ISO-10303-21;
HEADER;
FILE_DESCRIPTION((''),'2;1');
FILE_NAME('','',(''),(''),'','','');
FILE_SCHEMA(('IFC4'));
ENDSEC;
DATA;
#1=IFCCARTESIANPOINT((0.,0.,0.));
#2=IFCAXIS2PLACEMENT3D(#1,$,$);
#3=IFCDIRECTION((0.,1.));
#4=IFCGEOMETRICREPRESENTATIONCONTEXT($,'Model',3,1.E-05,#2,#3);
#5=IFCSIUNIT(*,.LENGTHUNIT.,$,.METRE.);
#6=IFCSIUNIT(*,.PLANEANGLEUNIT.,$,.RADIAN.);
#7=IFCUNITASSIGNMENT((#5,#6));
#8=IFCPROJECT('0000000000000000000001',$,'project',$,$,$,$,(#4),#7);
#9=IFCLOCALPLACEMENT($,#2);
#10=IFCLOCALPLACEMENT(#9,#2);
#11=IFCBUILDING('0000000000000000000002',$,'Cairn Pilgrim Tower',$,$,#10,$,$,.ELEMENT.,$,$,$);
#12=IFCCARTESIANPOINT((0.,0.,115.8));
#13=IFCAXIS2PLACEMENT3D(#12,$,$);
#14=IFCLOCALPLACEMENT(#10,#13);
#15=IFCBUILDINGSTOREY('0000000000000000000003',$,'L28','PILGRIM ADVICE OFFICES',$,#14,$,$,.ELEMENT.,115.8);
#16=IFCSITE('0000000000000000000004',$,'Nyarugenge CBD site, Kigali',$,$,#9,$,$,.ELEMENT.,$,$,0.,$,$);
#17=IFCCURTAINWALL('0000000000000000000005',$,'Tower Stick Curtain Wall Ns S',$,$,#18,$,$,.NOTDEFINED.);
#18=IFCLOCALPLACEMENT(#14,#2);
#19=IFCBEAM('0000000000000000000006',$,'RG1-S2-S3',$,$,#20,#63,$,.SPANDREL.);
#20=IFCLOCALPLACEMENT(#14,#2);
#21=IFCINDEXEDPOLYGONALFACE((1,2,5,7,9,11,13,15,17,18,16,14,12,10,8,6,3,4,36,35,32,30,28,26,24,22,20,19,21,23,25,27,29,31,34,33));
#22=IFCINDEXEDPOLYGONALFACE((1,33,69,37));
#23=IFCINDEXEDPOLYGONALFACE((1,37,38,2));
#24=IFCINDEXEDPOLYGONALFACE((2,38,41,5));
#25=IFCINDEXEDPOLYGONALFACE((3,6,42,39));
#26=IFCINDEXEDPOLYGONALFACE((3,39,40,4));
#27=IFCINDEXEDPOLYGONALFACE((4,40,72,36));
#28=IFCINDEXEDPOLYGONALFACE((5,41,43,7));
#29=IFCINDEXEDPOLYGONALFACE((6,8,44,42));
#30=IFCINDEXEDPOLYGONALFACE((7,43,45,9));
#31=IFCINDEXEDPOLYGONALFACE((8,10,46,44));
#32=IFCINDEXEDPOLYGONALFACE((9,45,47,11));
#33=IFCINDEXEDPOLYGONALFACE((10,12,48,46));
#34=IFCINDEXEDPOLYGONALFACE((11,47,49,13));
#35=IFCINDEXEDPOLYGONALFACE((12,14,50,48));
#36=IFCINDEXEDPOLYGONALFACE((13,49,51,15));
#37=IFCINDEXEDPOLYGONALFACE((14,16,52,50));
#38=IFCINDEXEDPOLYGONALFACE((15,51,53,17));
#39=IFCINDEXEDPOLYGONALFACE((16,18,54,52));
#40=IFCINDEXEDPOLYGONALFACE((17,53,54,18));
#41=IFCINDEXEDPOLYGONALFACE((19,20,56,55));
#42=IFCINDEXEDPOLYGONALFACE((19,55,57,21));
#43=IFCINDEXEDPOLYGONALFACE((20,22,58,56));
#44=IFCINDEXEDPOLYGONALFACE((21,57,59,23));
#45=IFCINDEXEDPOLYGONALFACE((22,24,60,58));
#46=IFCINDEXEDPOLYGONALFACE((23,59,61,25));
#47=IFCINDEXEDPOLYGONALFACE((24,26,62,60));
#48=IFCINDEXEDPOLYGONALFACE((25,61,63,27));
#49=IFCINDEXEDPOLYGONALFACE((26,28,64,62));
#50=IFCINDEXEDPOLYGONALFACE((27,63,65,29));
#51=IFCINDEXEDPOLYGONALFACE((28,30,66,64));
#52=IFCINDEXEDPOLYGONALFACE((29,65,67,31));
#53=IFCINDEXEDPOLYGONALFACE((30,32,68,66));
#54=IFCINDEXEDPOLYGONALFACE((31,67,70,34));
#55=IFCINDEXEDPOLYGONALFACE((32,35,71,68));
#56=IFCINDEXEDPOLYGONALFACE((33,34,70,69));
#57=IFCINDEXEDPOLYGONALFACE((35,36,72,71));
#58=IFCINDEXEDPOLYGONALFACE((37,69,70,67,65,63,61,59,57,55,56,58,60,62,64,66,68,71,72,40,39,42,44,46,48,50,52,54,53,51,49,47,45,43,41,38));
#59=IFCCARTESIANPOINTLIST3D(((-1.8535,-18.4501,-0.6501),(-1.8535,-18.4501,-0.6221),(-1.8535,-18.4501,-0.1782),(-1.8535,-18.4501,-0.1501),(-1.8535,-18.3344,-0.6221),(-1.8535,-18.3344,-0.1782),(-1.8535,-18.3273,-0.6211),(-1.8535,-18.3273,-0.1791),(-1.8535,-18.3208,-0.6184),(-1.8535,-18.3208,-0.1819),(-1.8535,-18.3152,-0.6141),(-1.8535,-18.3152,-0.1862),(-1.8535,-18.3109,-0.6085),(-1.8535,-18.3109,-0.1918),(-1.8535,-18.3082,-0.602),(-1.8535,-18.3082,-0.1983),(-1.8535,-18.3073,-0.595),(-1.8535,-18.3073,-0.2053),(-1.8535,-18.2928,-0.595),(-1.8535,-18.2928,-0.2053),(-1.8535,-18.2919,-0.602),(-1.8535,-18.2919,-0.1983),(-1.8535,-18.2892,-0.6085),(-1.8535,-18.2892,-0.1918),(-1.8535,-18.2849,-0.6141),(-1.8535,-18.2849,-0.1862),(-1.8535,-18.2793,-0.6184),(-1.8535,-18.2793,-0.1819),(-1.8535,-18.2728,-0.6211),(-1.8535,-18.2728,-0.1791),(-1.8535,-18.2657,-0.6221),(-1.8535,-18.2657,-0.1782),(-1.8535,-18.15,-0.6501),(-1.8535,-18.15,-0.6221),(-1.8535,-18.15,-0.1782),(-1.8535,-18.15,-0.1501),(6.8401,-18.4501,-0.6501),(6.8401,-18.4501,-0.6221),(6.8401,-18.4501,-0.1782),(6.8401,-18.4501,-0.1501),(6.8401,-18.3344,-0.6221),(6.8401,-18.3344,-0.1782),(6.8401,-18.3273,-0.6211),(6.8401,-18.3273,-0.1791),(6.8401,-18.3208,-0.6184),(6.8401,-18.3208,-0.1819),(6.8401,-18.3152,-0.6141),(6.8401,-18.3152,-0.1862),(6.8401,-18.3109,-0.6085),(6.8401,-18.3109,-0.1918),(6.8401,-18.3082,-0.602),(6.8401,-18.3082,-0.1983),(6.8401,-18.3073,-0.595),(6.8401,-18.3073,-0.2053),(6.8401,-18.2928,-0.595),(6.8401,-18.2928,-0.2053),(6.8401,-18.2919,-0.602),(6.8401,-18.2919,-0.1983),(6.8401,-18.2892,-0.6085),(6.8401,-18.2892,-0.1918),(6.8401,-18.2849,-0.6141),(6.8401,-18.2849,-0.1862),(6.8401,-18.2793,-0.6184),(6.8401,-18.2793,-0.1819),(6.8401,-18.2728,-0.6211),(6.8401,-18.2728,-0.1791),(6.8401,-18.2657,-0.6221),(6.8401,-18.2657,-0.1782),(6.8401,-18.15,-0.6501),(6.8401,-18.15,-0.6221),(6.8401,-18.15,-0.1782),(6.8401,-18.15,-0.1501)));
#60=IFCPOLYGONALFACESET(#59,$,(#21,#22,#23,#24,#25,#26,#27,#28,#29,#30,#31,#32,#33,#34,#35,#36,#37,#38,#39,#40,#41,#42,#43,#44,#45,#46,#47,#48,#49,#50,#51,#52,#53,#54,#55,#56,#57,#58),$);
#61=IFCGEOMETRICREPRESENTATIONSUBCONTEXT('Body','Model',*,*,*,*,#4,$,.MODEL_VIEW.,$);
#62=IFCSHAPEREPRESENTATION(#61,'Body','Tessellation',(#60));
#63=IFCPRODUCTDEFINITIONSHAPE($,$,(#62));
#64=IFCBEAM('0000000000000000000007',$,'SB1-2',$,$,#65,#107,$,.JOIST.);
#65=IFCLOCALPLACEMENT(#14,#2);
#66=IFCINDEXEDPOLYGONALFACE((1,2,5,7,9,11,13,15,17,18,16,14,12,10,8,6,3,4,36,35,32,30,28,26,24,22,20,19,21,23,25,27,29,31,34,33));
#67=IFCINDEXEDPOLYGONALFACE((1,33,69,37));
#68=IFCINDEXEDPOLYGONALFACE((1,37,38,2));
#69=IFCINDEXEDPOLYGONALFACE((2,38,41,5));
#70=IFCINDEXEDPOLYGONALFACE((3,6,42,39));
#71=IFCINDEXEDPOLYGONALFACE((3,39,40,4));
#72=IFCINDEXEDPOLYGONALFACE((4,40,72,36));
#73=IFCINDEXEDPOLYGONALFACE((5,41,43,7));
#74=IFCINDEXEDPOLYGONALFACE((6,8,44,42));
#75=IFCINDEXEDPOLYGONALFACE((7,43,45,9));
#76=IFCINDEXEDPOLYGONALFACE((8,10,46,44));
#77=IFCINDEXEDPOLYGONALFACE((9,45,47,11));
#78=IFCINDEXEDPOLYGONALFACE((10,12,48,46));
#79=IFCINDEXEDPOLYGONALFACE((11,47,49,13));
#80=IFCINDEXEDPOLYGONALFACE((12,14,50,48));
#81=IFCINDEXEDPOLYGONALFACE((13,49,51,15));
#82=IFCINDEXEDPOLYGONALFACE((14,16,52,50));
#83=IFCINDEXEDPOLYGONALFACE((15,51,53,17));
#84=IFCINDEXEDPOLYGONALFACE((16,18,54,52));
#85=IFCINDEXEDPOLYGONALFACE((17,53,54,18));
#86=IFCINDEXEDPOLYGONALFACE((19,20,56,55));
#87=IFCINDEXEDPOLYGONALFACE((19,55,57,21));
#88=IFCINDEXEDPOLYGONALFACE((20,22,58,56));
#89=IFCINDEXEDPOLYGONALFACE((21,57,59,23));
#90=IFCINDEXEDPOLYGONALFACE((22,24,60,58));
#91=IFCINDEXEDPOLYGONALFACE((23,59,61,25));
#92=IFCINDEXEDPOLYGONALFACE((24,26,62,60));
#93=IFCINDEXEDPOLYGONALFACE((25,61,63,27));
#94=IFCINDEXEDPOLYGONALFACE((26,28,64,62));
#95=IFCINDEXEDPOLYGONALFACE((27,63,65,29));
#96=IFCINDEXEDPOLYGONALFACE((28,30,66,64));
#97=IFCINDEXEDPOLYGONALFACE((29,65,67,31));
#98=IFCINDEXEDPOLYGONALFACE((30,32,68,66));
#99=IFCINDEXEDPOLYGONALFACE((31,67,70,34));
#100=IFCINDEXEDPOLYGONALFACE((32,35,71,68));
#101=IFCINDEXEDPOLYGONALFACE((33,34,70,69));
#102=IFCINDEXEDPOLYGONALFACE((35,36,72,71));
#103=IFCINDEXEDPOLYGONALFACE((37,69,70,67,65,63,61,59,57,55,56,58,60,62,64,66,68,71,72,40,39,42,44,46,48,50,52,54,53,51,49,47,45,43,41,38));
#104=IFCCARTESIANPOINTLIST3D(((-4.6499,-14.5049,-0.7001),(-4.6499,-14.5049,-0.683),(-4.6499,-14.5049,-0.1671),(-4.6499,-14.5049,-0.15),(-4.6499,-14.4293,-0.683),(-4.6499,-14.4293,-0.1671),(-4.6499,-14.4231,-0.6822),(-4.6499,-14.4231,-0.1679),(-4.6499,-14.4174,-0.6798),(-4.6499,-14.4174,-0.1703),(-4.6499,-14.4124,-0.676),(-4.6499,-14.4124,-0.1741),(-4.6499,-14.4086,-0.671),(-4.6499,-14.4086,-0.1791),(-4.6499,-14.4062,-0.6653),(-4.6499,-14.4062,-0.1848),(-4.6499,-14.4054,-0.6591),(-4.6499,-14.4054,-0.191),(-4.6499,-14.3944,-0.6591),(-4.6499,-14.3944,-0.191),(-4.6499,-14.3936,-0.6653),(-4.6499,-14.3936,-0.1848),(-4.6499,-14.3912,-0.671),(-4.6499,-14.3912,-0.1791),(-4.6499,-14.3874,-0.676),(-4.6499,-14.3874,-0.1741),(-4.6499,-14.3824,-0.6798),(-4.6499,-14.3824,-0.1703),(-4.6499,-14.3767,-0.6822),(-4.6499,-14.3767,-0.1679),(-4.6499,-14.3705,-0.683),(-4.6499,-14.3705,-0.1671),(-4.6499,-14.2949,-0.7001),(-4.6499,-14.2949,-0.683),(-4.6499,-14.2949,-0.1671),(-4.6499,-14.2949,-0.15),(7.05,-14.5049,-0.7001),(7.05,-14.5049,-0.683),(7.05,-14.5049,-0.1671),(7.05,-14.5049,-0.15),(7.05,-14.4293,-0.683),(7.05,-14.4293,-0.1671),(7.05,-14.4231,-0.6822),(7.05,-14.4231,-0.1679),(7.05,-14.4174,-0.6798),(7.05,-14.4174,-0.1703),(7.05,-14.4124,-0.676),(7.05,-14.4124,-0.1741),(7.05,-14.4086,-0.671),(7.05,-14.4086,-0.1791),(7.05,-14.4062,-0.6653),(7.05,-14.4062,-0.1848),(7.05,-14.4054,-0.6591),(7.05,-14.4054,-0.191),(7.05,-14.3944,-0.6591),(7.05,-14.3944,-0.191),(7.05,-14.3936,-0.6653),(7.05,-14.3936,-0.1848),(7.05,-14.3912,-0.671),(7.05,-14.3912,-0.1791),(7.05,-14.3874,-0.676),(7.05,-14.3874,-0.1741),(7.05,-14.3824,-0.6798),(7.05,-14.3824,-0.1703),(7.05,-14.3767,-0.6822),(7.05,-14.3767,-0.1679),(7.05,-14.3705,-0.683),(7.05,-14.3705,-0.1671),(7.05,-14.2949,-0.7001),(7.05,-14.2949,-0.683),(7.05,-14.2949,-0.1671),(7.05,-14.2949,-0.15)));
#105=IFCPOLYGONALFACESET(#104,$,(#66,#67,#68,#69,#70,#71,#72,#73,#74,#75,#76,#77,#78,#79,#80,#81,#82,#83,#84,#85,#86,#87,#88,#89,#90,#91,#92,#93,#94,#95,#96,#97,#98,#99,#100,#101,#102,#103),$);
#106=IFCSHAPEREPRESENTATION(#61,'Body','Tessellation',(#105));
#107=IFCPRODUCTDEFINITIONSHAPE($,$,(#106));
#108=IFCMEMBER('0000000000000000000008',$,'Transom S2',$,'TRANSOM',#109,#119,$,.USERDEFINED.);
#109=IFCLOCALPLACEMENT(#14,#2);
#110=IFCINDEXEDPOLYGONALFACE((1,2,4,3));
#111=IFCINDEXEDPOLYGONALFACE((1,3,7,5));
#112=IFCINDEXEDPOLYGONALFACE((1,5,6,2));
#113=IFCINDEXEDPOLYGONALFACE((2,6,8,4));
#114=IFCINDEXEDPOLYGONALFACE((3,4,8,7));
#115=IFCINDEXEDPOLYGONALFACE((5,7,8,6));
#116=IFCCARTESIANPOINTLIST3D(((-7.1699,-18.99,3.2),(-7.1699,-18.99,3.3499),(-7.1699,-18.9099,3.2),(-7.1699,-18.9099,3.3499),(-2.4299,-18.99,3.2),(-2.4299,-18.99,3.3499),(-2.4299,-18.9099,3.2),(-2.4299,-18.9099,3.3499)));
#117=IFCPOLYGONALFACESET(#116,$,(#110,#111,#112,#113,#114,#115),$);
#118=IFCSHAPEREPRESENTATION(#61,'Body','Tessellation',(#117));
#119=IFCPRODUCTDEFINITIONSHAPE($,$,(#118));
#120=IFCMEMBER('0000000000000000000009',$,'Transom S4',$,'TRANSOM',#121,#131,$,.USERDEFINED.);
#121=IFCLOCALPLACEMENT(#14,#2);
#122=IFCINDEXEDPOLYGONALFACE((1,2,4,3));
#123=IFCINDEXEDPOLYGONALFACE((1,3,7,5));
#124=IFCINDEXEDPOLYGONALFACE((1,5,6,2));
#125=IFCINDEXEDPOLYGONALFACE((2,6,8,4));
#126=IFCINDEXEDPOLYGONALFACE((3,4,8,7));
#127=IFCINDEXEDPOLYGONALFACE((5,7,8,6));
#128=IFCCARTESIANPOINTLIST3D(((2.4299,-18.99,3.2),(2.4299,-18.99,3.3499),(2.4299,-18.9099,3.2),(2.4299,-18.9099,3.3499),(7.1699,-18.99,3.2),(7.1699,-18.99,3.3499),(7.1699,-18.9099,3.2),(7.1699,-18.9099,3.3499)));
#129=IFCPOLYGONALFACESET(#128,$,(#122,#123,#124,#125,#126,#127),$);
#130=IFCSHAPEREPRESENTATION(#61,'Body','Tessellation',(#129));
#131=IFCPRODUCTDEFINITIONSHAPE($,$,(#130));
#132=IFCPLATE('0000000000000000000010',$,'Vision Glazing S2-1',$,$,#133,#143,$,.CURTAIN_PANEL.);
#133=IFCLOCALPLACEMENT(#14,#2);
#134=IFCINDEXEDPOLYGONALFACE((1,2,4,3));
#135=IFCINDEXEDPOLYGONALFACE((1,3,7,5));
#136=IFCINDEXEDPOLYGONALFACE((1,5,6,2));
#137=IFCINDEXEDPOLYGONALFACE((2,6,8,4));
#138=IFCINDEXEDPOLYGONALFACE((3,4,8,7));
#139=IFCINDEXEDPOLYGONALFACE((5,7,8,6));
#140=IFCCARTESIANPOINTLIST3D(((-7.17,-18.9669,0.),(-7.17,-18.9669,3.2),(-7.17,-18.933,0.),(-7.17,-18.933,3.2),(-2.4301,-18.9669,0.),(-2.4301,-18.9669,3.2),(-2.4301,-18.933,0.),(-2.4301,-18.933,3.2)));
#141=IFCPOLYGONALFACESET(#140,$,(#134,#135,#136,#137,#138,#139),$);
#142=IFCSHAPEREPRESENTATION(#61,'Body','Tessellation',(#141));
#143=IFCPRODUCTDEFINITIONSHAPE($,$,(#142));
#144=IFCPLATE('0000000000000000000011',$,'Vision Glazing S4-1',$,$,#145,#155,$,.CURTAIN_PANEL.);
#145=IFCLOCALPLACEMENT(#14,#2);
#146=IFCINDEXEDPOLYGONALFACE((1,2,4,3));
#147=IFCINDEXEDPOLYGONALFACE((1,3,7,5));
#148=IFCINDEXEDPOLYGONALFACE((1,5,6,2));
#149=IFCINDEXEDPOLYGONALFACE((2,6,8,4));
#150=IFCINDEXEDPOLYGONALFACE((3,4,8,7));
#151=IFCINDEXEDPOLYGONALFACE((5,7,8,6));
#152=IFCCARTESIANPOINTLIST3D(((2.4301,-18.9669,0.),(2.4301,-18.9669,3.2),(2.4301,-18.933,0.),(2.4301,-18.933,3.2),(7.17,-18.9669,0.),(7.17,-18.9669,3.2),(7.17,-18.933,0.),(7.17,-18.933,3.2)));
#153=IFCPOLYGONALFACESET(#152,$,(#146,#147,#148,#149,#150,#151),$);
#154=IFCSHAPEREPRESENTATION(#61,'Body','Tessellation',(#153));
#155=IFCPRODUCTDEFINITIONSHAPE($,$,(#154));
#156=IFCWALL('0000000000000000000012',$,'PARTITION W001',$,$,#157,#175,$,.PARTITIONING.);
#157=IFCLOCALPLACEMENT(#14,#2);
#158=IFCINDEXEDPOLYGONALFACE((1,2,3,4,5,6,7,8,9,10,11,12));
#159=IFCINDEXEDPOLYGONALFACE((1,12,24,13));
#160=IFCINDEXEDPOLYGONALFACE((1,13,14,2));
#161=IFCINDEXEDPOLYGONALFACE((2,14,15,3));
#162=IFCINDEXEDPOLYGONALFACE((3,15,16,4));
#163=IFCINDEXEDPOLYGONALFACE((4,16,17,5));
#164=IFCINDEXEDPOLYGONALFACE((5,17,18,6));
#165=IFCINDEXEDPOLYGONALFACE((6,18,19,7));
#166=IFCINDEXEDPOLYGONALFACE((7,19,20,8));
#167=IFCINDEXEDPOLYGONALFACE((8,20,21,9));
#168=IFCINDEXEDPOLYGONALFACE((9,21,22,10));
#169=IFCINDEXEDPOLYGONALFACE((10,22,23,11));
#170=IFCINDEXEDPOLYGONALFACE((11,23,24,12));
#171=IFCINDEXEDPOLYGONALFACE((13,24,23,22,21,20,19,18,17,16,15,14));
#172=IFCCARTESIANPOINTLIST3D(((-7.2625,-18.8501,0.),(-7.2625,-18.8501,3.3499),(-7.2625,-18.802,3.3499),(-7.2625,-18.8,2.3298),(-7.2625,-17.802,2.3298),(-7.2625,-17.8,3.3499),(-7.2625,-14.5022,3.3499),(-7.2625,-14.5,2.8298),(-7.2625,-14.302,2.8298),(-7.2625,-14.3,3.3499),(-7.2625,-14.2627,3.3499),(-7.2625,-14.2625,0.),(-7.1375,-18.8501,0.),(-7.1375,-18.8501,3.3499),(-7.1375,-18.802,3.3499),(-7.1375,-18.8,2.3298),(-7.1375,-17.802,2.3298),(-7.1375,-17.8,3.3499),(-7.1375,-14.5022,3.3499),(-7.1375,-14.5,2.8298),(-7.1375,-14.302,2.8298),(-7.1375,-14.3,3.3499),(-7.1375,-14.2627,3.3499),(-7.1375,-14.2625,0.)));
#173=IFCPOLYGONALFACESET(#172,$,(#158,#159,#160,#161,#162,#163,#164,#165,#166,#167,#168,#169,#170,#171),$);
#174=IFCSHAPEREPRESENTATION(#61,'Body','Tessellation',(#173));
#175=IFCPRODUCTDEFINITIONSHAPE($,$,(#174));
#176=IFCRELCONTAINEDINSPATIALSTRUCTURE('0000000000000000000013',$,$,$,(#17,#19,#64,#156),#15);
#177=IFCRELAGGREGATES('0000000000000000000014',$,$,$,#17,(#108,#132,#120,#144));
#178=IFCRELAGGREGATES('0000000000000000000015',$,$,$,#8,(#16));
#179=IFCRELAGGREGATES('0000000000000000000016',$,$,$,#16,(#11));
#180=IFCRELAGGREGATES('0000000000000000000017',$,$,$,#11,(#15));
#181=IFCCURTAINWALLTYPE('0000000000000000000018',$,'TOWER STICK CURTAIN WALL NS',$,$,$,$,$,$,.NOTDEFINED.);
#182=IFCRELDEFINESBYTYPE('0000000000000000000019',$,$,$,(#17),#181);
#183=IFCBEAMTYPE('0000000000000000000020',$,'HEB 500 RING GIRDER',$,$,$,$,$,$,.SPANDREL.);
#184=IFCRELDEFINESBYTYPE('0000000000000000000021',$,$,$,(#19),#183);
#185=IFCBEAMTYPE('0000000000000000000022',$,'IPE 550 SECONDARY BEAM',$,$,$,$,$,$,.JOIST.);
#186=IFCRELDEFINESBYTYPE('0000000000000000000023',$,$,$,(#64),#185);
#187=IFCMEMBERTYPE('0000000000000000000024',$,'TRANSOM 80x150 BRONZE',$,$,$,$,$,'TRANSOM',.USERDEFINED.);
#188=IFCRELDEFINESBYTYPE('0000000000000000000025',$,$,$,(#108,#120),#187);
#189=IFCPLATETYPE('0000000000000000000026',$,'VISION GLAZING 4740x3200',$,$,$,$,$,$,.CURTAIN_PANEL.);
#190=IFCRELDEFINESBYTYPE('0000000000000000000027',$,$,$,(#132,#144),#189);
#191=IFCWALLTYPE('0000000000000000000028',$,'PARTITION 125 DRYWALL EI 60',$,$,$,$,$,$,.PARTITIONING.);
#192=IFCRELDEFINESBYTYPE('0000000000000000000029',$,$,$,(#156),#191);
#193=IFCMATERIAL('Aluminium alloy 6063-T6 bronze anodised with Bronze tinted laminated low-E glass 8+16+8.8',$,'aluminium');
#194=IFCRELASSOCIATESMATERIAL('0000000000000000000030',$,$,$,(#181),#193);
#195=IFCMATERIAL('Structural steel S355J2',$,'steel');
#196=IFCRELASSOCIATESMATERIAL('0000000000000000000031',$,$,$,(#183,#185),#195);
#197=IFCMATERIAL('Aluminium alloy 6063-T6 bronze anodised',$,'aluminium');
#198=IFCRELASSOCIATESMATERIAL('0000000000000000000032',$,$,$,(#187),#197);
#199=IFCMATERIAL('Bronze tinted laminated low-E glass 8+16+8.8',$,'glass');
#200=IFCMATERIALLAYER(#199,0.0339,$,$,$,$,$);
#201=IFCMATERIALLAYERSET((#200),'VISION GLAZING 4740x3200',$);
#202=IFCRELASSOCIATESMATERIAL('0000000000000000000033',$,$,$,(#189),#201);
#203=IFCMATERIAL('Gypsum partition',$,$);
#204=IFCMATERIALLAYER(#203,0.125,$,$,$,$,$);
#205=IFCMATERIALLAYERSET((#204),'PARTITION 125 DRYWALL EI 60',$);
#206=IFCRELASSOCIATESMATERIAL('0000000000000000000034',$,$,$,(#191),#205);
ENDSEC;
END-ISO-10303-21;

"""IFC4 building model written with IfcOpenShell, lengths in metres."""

from ifc_helpers import new_model, si_unit, direction, frame, origin, origin_2d, place, context, subcontext, project, spatial, polyline, rectangle, i_section, outline, extrude, material, layer, layer_set, material_profile, profile_set, type_object, element, aggregate, save


model = new_model("IFC4")

# Units and contexts
model_context = context("Model", 3, precision=1e-05, world=origin(), true_north=direction((0.0, 1.0)))
body_context = subcontext(model_context, "Body", "Model", "MODEL_VIEW")
ifc_project = project(units=[si_unit("LENGTHUNIT", "METRE"), si_unit("PLANEANGLEUNIT", "RADIAN")], contexts=[model_context])

# Site, building, storey
site_placement = place(None, origin())
site = spatial("IfcSite", under=ifc_project, at=site_placement, Name="Nyarugenge CBD site, Kigali", CompositionType="ELEMENT", RefElevation=0.0)
building_placement = place(site_placement, origin())
building = spatial("IfcBuilding", under=site, at=building_placement, Name="Cairn Pilgrim Tower", CompositionType="ELEMENT")
storey_placement = place(building_placement, frame((0.0, 0.0, 115.8)))
storey = spatial("IfcBuildingStorey", under=building, at=storey_placement, Name="L28", Description="PILGRIM ADVICE OFFICES", CompositionType="ELEMENT", Elevation=115.8)

# Curtain wall
ifc_material_1 = material(Name="Aluminium alloy 6063-T6 bronze anodised with Bronze tinted laminated low-E glass 8+16+8.8", Category="aluminium")
curtain_wall_type = type_object("IfcCurtainWallType", Name="TOWER STICK CURTAIN WALL NS", PredefinedType="NOTDEFINED", material=ifc_material_1)
curtain_wall_placement = place(storey_placement, origin())
curtain_wall = element("IfcCurtainWall", 1, at=curtain_wall_placement, inside=storey, type_object=curtain_wall_type, Name="Tower Stick Curtain Wall Ns S", PredefinedType="NOTDEFINED")
ifc_material_2 = material(Name="Aluminium alloy 6063-T6 bronze anodised", Category="aluminium")

# Beams
ifc_material_3 = material(Name="Structural steel S355J2", Category="steel")
ifc_material_profile_1 = material_profile(ifc_material_3, i_section(OverallWidth=0.3, OverallDepth=0.5, WebThickness=0.0144, FlangeThickness=0.0281, FilletRadius=0.0271, at=origin_2d()), Name="HEB 500")
ifc_profile_set_1 = profile_set([ifc_material_profile_1], Name="Structural steel S355J2")
beam_type_1 = type_object("IfcBeamType", Name="HEB 500 RING GIRDER", PredefinedType="SPANDREL", material=ifc_profile_set_1)
for number, where, z_axis, x_axis, name in (
    (2, (-1.8535, -18.3, -0.4001), (1.0, 0.0, 0.0), (0.0, 1.0, 0.0), "RG1-S2-S3"),
):
    element("IfcBeam", number, at=place(storey_placement, frame(where, z_axis=z_axis, x_axis=x_axis)), inside=storey, type_object=beam_type_1, Name=name, PredefinedType="SPANDREL", context=body_context, shape_type="SweptSolid", body=[
        extrude(i_section(OverallWidth=0.3, OverallDepth=0.5, WebThickness=0.0144, FlangeThickness=0.0281, FilletRadius=0.0271, at=origin_2d()), origin(), (0.0, 0.0, 1.0), 8.6936),
    ])
ifc_material_profile_2 = material_profile(ifc_material_3, i_section(OverallWidth=0.21, OverallDepth=0.55, WebThickness=0.011, FlangeThickness=0.0171, FilletRadius=0.0239, at=origin_2d()), Name="IPE 550")
ifc_profile_set_2 = profile_set([ifc_material_profile_2], Name="Structural steel S355J2")
beam_type_2 = type_object("IfcBeamType", Name="IPE 550 SECONDARY BEAM", PredefinedType="JOIST", material=ifc_profile_set_2)
beam_1_placement = place(storey_placement, frame((-4.6499, -14.3999, -0.425), z_axis=(1.0, 0.0, 0.0), x_axis=(0.0, 1.0, 0.0)))
element("IfcBeam", 3, at=beam_1_placement, inside=storey, type_object=beam_type_2, Name="SB1-2", PredefinedType="JOIST", context=body_context, shape_type="SweptSolid", body=[
    extrude(i_section(OverallWidth=0.21, OverallDepth=0.55, WebThickness=0.011, FlangeThickness=0.0171, FilletRadius=0.0239, at=origin_2d()), origin(), (0.0, 0.0, 1.0), 11.7),
])

# Members
ifc_material_profile_3 = material_profile(ifc_material_2, rectangle(XDim=0.0801, YDim=0.1499, at=origin_2d()), Name="TRANSOM 80x150 BRONZE")
ifc_profile_set_3 = profile_set([ifc_material_profile_3], Name="Aluminium alloy 6063-T6 bronze anodised")
member_type_1 = type_object("IfcMemberType", Name="TRANSOM 80x150 BRONZE", ElementType="TRANSOM", PredefinedType="USERDEFINED", material=ifc_profile_set_3)
member_1_placement = place(storey_placement, frame((-7.1699, -18.95, 3.2749), z_axis=(1.0, 0.0, 0.0), x_axis=(0.0, 1.0, 0.0)))
member_1 = element("IfcMember", 4, at=member_1_placement, type_object=member_type_1, Name="Transom S2", ObjectType="TRANSOM", PredefinedType="USERDEFINED", context=body_context, shape_type="SweptSolid", body=[
    extrude(rectangle(XDim=0.0801, YDim=0.1499, at=origin_2d()), origin(), (0.0, 0.0, 1.0), 4.74),
])
member_2_placement = place(storey_placement, frame((2.4299, -18.95, 3.2749), z_axis=(1.0, 0.0, 0.0), x_axis=(0.0, 1.0, 0.0)))
member_2 = element("IfcMember", 5, at=member_2_placement, type_object=member_type_1, Name="Transom S4", ObjectType="TRANSOM", PredefinedType="USERDEFINED", context=body_context, shape_type="SweptSolid", body=[
    extrude(rectangle(XDim=0.0801, YDim=0.1499, at=origin_2d()), origin(), (0.0, 0.0, 1.0), 4.74),
])

# Plates
ifc_material_4 = material(Name="Bronze tinted laminated low-E glass 8+16+8.8", Category="glass")
ifc_layer_1 = layer(ifc_material_4, 0.0339)
ifc_layer_set_1 = layer_set([ifc_layer_1], Name="VISION GLAZING 4740x3200")
plate_type = type_object("IfcPlateType", Name="VISION GLAZING 4740x3200", PredefinedType="CURTAIN_PANEL", material=ifc_layer_set_1)
plate_1_placement = place(storey_placement, frame((-4.8, -18.95, 0.0), z_axis=(0.0, 0.0, 1.0), x_axis=(1.0, 0.0, 0.0)))
plate_1 = element("IfcPlate", 6, at=plate_1_placement, type_object=plate_type, Name="Vision Glazing S2-1", PredefinedType="CURTAIN_PANEL", context=body_context, shape_type="SweptSolid", body=[
    extrude(rectangle(XDim=4.74, YDim=0.0339, at=origin_2d()), origin(), (0.0, 0.0, 1.0), 3.2),
])
plate_2_placement = place(storey_placement, frame((4.8, -18.95, 0.0), z_axis=(0.0, 0.0, 1.0), x_axis=(1.0, 0.0, 0.0)))
plate_2 = element("IfcPlate", 7, at=plate_2_placement, type_object=plate_type, Name="Vision Glazing S4-1", PredefinedType="CURTAIN_PANEL", context=body_context, shape_type="SweptSolid", body=[
    extrude(rectangle(XDim=4.74, YDim=0.0339, at=origin_2d()), origin(), (0.0, 0.0, 1.0), 3.2),
])
aggregate(curtain_wall, [member_1, plate_1, member_2, plate_2])

# Wall
ifc_material_5 = material(Name="Gypsum partition")
ifc_layer_2 = layer(ifc_material_5, 0.125)
ifc_layer_set_2 = layer_set([ifc_layer_2], Name="PARTITION 125 DRYWALL EI 60")
wall_type_1 = type_object("IfcWallType", Name="PARTITION 125 DRYWALL EI 60", PredefinedType="PARTITIONING", material=ifc_layer_set_2)
wall_1_placement = place(storey_placement, frame((-7.2, -18.8501, 0.0), z_axis=(0.0, 0.0, 1.0), x_axis=(0.0, 1.0, 0.0)))
element("IfcWall", 8, at=wall_1_placement, inside=storey, type_object=wall_type_1, Name="PARTITION W001", PredefinedType="PARTITIONING", context=body_context, shape_type="SweptSolid", body=[
    extrude(outline(polyline([(0.0, 0.0), (4.5876, 0.0), (4.5874, 3.3499), (4.55, 3.3499), (4.5481, 2.8298), (4.3501, 2.8298), (4.3479, 3.3499), (1.05, 3.3499), (1.0481, 2.3298), (0.05, 2.3298), (0.0481, 3.3499), (0.0, 3.3499), (0.0, 0.0)])), frame((0.0, 0.0625, 0.0), z_axis=(0.0, -1.0, 0.0), x_axis=(1.0, 0.0, 0.0)), (0.0, 0.0, 1.0), 0.125),
])

save(model, "model.ifc")
